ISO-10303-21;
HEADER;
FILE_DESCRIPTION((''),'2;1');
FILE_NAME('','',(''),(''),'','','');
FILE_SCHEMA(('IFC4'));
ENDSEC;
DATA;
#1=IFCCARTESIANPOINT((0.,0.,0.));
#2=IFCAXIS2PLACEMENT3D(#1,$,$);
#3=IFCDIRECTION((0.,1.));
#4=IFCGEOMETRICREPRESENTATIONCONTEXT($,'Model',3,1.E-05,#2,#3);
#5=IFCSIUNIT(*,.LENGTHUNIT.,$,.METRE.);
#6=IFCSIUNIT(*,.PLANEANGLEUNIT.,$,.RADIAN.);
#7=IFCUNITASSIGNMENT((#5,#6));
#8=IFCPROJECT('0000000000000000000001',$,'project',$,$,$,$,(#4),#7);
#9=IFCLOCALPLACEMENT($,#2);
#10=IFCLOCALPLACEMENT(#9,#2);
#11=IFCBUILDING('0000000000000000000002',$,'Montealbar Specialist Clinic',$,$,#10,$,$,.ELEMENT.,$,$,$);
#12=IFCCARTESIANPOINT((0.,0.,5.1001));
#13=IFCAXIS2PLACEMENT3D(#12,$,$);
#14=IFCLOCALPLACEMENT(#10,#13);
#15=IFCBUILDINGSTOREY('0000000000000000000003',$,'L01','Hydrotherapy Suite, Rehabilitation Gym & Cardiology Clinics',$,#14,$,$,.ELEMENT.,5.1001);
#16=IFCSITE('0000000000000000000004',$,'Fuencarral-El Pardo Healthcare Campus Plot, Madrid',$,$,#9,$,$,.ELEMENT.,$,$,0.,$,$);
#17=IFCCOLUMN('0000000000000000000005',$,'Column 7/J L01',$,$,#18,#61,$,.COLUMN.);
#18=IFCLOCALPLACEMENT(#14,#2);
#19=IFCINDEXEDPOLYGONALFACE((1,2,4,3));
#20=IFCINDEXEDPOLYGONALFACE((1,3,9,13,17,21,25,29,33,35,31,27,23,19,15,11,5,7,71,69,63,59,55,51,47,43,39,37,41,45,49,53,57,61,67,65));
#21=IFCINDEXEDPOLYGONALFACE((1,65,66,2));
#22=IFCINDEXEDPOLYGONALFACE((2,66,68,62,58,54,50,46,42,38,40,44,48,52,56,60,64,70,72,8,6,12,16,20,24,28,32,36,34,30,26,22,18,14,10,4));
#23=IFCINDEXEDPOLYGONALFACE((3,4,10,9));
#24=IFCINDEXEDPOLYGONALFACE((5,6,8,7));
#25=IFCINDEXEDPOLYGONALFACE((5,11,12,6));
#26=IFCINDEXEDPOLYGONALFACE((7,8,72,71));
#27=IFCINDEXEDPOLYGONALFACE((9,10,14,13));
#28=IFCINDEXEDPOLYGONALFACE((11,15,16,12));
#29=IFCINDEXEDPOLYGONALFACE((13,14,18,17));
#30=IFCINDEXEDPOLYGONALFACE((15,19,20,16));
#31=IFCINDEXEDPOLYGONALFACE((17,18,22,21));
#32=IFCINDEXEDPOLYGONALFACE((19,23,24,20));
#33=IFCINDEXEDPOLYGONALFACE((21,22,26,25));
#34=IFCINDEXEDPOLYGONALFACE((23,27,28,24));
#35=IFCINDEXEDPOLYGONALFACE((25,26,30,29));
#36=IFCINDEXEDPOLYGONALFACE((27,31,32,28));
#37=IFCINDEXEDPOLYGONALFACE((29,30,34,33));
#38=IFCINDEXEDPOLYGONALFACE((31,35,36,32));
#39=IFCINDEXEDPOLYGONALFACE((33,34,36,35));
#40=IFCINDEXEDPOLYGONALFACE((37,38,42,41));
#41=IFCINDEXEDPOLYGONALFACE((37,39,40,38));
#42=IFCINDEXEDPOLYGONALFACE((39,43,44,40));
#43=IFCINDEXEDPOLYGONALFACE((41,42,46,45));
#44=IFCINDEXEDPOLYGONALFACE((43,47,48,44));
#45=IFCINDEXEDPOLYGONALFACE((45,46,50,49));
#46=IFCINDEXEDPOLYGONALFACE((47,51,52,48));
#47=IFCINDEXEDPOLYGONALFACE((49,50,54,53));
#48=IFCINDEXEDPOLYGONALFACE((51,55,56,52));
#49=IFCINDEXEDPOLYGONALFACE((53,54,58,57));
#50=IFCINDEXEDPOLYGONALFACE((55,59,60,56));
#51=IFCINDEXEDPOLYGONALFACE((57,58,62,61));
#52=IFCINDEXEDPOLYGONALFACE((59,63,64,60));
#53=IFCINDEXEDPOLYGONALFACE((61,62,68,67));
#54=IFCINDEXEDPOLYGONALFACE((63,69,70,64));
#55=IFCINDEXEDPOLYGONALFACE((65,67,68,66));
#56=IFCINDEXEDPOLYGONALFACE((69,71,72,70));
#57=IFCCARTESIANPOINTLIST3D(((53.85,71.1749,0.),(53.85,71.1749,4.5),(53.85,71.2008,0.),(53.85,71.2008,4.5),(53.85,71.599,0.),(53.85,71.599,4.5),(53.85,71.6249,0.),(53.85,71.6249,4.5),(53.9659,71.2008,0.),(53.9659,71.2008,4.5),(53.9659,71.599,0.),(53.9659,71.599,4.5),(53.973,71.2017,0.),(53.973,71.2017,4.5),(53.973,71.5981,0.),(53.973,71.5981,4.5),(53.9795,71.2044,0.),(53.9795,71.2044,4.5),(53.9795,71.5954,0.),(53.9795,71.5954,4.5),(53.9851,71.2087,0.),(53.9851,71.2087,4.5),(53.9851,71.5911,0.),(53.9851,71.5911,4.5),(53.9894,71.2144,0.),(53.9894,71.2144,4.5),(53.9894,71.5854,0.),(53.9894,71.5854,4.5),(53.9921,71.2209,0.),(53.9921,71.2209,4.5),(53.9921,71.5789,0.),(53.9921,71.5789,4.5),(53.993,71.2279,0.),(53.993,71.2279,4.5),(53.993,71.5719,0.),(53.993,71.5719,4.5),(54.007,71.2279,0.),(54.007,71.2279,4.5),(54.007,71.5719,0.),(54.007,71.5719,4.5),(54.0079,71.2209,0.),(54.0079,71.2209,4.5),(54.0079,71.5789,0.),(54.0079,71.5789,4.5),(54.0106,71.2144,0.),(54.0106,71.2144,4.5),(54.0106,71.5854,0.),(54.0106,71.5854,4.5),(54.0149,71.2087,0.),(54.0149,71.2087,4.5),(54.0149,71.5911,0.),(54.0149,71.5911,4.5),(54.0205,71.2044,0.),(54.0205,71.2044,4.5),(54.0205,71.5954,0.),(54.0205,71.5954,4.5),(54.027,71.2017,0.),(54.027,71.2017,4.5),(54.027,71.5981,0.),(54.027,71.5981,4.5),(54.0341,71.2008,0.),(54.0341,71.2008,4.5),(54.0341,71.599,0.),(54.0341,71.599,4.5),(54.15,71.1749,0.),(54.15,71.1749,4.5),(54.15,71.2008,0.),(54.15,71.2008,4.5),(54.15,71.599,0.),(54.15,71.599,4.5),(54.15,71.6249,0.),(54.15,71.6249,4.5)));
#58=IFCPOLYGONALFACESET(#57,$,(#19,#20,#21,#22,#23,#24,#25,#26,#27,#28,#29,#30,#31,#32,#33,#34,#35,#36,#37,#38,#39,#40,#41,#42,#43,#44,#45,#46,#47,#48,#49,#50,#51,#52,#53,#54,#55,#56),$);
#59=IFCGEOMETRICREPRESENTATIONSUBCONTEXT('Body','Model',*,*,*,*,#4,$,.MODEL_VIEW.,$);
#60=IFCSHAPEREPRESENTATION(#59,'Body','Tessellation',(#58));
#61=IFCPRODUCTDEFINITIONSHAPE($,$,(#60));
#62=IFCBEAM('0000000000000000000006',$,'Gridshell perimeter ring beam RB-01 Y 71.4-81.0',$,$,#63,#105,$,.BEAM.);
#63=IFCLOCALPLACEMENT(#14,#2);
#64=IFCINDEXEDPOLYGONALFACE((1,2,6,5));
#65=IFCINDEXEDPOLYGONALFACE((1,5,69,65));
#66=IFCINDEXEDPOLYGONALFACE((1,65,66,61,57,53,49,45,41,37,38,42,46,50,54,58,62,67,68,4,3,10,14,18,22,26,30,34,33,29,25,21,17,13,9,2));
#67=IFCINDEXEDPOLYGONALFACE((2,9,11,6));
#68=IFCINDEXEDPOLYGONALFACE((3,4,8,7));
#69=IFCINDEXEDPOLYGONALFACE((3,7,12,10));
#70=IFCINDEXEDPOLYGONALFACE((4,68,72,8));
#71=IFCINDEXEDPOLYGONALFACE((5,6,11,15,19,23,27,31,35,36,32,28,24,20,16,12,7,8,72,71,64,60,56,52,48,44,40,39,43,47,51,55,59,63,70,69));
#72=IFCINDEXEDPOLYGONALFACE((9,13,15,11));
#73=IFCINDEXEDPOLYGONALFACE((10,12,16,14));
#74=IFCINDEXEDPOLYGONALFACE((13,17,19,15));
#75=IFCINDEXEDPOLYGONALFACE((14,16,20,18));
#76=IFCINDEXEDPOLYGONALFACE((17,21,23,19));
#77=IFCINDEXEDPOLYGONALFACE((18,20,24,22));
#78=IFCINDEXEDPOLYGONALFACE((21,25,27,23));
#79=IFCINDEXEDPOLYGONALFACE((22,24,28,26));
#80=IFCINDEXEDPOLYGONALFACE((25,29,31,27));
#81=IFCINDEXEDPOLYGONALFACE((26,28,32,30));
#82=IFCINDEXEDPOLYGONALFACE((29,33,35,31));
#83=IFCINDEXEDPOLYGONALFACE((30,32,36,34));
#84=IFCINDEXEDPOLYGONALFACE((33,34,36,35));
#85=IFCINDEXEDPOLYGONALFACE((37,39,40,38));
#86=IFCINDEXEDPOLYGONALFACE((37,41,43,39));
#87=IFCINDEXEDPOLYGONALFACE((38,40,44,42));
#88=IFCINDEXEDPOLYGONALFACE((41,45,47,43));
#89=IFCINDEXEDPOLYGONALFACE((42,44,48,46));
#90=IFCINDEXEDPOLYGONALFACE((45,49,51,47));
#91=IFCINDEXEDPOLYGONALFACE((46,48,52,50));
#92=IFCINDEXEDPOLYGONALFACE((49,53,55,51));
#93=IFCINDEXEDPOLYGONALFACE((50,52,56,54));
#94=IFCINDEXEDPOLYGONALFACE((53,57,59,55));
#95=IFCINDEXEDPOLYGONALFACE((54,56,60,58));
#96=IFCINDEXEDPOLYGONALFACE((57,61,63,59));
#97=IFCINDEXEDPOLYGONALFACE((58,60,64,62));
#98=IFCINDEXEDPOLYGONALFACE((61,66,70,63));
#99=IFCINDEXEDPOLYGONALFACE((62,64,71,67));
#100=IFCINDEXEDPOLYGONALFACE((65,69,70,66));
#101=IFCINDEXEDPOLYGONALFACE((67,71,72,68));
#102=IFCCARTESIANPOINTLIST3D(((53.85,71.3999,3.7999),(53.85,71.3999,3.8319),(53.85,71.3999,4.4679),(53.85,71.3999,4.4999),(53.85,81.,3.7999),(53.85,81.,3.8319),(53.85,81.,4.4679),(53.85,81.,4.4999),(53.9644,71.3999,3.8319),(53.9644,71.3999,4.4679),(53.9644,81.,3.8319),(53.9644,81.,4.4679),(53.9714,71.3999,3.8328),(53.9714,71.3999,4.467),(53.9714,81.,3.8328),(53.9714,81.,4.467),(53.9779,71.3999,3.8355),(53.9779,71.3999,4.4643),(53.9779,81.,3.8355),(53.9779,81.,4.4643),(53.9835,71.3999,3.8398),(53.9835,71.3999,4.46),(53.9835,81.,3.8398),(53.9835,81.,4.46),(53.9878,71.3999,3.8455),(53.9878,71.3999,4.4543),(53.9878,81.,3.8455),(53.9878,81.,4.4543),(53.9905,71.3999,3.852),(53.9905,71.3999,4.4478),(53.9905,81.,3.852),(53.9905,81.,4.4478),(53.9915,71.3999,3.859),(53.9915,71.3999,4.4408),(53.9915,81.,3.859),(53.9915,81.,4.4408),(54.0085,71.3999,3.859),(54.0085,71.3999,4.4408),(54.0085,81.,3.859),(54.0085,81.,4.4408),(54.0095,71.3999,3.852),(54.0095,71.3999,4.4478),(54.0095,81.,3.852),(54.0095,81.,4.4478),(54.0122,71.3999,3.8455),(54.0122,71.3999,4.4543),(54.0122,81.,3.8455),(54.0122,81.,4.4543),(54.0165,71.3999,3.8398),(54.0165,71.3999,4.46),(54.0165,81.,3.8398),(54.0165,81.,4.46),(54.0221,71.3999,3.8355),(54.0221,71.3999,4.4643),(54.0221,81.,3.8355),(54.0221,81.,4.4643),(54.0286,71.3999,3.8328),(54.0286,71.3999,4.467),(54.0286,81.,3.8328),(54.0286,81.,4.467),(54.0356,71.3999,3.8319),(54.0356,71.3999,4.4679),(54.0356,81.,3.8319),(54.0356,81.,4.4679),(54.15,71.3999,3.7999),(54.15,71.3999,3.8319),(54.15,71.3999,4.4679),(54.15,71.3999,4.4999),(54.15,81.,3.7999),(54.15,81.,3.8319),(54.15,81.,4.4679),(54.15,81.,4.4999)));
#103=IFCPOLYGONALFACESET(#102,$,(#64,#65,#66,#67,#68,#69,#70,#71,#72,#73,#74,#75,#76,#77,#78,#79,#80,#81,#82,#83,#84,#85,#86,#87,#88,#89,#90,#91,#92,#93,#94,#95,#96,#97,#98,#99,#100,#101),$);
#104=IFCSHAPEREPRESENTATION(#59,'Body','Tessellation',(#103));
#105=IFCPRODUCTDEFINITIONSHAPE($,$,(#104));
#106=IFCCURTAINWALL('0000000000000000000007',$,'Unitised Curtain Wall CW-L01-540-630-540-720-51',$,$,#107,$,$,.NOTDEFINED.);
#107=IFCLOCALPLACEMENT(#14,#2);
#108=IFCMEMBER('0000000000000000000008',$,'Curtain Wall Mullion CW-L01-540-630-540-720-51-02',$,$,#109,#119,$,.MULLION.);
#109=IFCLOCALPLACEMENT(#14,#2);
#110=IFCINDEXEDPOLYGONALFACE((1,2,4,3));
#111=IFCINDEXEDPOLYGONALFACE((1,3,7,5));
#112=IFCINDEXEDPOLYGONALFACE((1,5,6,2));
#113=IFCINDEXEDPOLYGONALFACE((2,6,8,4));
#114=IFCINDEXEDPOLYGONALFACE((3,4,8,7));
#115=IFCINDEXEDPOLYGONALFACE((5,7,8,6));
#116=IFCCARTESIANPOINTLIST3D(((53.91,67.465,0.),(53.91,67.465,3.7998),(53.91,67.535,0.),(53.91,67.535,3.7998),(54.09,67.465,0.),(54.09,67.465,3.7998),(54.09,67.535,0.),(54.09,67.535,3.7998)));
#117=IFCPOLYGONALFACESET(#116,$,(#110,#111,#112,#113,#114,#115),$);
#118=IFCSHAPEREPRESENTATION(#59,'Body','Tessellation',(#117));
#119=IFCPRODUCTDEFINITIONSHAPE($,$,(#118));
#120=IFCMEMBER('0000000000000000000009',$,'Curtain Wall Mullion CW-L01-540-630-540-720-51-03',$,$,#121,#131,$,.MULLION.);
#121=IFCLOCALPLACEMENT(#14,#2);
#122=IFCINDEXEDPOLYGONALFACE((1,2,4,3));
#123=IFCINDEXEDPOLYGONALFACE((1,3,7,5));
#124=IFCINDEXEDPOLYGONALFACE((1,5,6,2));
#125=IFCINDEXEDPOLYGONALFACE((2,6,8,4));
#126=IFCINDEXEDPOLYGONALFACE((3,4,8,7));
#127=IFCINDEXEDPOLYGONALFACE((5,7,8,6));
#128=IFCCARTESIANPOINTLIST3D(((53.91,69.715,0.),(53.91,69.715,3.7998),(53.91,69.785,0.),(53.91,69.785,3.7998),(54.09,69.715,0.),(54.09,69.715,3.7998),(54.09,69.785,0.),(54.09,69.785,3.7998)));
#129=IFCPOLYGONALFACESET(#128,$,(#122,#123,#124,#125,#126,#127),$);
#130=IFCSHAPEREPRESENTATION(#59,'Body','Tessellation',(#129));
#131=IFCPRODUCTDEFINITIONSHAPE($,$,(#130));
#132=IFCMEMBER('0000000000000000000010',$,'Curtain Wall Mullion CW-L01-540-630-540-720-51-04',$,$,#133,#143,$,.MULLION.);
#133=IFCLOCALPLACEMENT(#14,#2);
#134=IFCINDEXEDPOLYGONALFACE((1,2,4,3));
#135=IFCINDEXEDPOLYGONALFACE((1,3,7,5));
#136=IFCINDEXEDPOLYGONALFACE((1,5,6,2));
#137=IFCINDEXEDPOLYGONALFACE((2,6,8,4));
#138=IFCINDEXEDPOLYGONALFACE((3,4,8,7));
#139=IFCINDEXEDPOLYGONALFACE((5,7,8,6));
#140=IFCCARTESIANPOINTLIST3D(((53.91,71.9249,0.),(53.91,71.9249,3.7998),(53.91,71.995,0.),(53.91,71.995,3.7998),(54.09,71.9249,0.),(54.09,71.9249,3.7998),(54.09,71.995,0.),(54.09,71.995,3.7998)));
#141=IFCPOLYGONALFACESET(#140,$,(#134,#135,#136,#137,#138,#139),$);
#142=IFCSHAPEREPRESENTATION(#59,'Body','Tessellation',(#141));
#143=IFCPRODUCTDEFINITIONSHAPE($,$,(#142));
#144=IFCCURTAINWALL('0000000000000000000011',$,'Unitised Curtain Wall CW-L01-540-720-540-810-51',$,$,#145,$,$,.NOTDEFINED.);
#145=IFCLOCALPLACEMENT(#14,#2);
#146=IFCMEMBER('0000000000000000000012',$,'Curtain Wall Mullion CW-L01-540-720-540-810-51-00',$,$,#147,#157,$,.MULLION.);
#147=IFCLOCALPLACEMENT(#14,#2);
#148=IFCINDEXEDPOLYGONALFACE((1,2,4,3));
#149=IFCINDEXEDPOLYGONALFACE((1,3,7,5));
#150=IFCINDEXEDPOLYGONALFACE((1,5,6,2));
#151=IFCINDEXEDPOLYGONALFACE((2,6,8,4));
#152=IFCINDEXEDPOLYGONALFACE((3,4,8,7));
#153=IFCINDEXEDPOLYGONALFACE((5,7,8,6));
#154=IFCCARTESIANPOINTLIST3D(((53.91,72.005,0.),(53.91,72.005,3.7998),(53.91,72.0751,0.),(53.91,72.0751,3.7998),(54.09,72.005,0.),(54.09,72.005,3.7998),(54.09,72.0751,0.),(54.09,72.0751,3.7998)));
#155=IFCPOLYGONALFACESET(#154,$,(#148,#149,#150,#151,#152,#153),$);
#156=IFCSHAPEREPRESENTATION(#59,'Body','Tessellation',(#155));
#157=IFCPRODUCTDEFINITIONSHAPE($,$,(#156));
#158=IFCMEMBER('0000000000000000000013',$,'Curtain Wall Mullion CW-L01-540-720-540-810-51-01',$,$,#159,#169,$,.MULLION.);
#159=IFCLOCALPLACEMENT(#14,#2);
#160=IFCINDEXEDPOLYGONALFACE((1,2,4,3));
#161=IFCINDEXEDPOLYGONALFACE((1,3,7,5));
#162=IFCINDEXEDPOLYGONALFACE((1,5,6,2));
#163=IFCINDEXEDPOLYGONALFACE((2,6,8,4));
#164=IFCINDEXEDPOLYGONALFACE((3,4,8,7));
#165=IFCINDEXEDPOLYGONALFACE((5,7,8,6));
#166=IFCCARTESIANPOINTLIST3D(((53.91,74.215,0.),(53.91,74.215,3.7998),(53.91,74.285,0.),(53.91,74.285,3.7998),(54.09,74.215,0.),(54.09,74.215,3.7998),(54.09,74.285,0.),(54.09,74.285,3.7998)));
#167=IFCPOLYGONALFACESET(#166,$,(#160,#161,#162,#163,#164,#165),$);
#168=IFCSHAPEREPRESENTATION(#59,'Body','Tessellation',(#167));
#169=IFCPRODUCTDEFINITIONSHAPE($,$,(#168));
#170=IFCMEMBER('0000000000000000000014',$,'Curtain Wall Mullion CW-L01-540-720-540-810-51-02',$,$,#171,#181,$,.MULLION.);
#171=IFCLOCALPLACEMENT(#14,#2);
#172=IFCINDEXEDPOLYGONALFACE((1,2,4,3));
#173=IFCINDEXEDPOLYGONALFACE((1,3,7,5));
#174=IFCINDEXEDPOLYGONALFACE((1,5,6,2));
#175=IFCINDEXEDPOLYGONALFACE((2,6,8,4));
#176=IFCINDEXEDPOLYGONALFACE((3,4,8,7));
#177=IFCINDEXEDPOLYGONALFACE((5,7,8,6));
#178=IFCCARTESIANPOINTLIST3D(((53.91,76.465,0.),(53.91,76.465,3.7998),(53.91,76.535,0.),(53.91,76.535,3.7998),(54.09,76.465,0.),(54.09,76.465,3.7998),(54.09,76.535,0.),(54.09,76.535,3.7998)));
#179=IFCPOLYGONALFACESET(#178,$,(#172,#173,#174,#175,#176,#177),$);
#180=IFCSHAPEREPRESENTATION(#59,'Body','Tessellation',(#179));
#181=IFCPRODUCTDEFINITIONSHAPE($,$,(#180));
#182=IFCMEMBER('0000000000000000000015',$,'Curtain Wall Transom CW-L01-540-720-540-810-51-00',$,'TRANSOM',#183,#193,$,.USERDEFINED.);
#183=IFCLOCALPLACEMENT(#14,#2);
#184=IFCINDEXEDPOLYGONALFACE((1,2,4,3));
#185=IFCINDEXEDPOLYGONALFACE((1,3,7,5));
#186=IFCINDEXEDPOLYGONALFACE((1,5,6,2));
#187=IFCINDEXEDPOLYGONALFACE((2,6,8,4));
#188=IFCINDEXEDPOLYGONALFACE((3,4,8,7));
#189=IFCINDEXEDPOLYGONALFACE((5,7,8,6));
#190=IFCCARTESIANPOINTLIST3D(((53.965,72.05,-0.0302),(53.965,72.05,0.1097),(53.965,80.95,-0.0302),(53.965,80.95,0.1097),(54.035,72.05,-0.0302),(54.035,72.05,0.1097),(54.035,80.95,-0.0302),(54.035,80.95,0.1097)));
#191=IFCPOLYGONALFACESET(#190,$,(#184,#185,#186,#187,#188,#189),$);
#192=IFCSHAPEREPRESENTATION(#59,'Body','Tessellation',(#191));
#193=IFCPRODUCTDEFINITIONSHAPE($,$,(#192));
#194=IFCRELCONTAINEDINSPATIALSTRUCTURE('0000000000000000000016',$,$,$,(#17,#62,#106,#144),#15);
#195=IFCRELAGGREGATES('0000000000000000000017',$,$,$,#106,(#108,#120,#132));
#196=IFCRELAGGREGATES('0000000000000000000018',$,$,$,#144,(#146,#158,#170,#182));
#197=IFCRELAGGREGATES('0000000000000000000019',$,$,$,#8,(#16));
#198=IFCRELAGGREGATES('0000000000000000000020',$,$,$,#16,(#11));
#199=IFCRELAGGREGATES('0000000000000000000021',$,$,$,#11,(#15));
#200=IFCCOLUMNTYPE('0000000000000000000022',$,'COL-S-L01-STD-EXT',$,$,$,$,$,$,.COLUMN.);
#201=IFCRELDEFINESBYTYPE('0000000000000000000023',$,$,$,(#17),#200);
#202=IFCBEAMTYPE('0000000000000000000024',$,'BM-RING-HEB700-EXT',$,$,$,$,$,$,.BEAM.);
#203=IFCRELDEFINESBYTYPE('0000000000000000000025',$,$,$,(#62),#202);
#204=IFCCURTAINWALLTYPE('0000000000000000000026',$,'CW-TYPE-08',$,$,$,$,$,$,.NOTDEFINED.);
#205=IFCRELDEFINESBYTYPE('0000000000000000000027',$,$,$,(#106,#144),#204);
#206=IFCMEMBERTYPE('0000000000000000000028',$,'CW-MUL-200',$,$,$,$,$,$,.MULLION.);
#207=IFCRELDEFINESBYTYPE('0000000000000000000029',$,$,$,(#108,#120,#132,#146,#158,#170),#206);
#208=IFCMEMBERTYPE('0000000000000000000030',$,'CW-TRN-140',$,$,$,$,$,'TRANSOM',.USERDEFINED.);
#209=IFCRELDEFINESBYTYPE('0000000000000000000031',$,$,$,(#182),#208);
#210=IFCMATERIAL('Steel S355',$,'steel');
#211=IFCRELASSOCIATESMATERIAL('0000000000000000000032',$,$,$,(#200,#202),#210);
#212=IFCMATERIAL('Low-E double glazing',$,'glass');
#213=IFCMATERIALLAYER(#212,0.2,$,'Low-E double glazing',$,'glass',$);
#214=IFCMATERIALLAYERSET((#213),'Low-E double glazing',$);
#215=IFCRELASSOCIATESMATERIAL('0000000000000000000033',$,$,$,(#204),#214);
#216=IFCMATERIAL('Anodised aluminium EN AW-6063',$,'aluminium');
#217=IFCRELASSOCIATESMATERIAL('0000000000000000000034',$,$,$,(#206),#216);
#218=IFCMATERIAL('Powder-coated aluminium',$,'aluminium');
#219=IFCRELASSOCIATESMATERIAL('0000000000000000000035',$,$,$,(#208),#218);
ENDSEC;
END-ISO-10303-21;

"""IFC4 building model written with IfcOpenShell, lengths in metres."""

from ifc_helpers import new_model, si_unit, direction, frame, origin, origin_2d, place, context, subcontext, project, spatial, rectangle, i_section, extrude, material, layer, layer_set, material_profile, profile_set, type_object, element, aggregate, save


model = new_model("IFC4")

# Units and contexts
model_context = context("Model", 3, precision=1e-05, world=origin(), true_north=direction((0.0, 1.0)))
body_context = subcontext(model_context, "Body", "Model", "MODEL_VIEW")
ifc_project = project(units=[si_unit("LENGTHUNIT", "METRE"), si_unit("PLANEANGLEUNIT", "RADIAN")], contexts=[model_context])

# Site, building, storey
site_placement = place(None, origin())
site = spatial("IfcSite", under=ifc_project, at=site_placement, Name="Fuencarral-El Pardo Healthcare Campus Plot, Madrid", CompositionType="ELEMENT", RefElevation=0.0)
building_placement = place(site_placement, origin())
building = spatial("IfcBuilding", under=site, at=building_placement, Name="Montealbar Specialist Clinic", CompositionType="ELEMENT")
storey_placement = place(building_placement, frame((0.0, 0.0, 5.1001)))
storey = spatial("IfcBuildingStorey", under=building, at=storey_placement, Name="L01", Description="Hydrotherapy Suite, Rehabilitation Gym & Cardiology Clinics", CompositionType="ELEMENT", Elevation=5.1001)

# Column
ifc_material_1 = material(Name="Steel S355", Category="steel")
ifc_material_profile_1 = material_profile(ifc_material_1, i_section(OverallWidth=0.3, OverallDepth=0.45, WebThickness=0.0139, FlangeThickness=0.0259, FilletRadius=0.0271, at=origin_2d()), Name="HEB 450", Category="steel")
ifc_profile_set_1 = profile_set([ifc_material_profile_1], Name="Steel S355")
column_type = type_object("IfcColumnType", Name="COL-S-L01-STD-EXT", PredefinedType="COLUMN", material=ifc_profile_set_1)
column_placement = place(storey_placement, frame((54.0, 71.3999, 0.0), z_axis=(0.0, 0.0, 1.0), x_axis=(1.0, 0.0, 0.0)))
element("IfcColumn", 1, at=column_placement, inside=storey, type_object=column_type, Name="Column 7/J L01", PredefinedType="COLUMN", context=body_context, shape_type="SweptSolid", body=[
    extrude(i_section(OverallWidth=0.3, OverallDepth=0.45, WebThickness=0.0139, FlangeThickness=0.0259, FilletRadius=0.0271, at=origin_2d()), origin(), (0.0, 0.0, 1.0), 4.5),
])

# Beam
ifc_material_profile_2 = material_profile(ifc_material_1, i_section(OverallWidth=0.3, OverallDepth=0.7, WebThickness=0.0171, FlangeThickness=0.032, FilletRadius=0.0271, at=origin_2d()), Name="HEB 700", Category="steel")
ifc_profile_set_2 = profile_set([ifc_material_profile_2], Name="Steel S355")
beam_type = type_object("IfcBeamType", Name="BM-RING-HEB700-EXT", PredefinedType="BEAM", material=ifc_profile_set_2)
beam_placement = place(storey_placement, frame((54.0, 71.3999, 4.1499), z_axis=(0.0, 1.0, 0.0), x_axis=(-1.0, 0.0, 0.0)))
element("IfcBeam", 2, at=beam_placement, inside=storey, type_object=beam_type, Name="Gridshell perimeter ring beam RB-01 Y 71.4-81.0", PredefinedType="BEAM", context=body_context, shape_type="SweptSolid", body=[
    extrude(i_section(OverallWidth=0.3, OverallDepth=0.7, WebThickness=0.0171, FlangeThickness=0.032, FilletRadius=0.0271, at=origin_2d()), origin(), (0.0, 0.0, 1.0), 9.6001),
])

# Curtain walls, members
ifc_material_2 = material(Name="Low-E double glazing", Category="glass")
ifc_layer_1 = layer(ifc_material_2, 0.2, Name="Low-E double glazing", Category="glass")
ifc_layer_set_1 = layer_set([ifc_layer_1], Name="Low-E double glazing")
curtain_wall_type = type_object("IfcCurtainWallType", Name="CW-TYPE-08", PredefinedType="NOTDEFINED", material=ifc_layer_set_1)
curtain_wall_1_placement = place(storey_placement, origin())
curtain_wall_1 = element("IfcCurtainWall", 3, at=curtain_wall_1_placement, inside=storey, type_object=curtain_wall_type, Name="Unitised Curtain Wall CW-L01-540-630-540-720-51", PredefinedType="NOTDEFINED")
ifc_material_3 = material(Name="Anodised aluminium EN AW-6063", Category="aluminium")
ifc_material_profile_3 = material_profile(ifc_material_3, rectangle(XDim=0.0701, YDim=0.1799, at=origin_2d()), Name="ALU 70x180", Category="aluminium")
ifc_profile_set_3 = profile_set([ifc_material_profile_3], Name="Anodised aluminium EN AW-6063")
member_type_1 = type_object("IfcMemberType", Name="CW-MUL-200", PredefinedType="MULLION", material=ifc_profile_set_3)
member_1_placement = place(storey_placement, frame((54.0, 67.5, 0.0), z_axis=(0.0, 0.0, 1.0), x_axis=(0.0, 1.0, 0.0)))
member_1 = element("IfcMember", 4, at=member_1_placement, type_object=member_type_1, Name="Curtain Wall Mullion CW-L01-540-630-540-720-51-02", PredefinedType="MULLION", context=body_context, shape_type="SweptSolid", body=[
    extrude(rectangle(XDim=0.0701, YDim=0.1799, at=origin_2d()), origin(), (0.0, 0.0, 1.0), 3.7998),
])
member_2_placement = place(storey_placement, frame((54.0, 69.75, 0.0), z_axis=(0.0, 0.0, 1.0), x_axis=(0.0, 1.0, 0.0)))
member_2 = element("IfcMember", 5, at=member_2_placement, type_object=member_type_1, Name="Curtain Wall Mullion CW-L01-540-630-540-720-51-03", PredefinedType="MULLION", context=body_context, shape_type="SweptSolid", body=[
    extrude(rectangle(XDim=0.0701, YDim=0.1799, at=origin_2d()), origin(), (0.0, 0.0, 1.0), 3.7998),
])
member_3_placement = place(storey_placement, frame((54.0, 71.96, 0.0), z_axis=(0.0, 0.0, 1.0), x_axis=(0.0, 1.0, 0.0)))
member_3 = element("IfcMember", 6, at=member_3_placement, type_object=member_type_1, Name="Curtain Wall Mullion CW-L01-540-630-540-720-51-04", PredefinedType="MULLION", context=body_context, shape_type="SweptSolid", body=[
    extrude(rectangle(XDim=0.0701, YDim=0.1799, at=origin_2d()), origin(), (0.0, 0.0, 1.0), 3.7998),
])
curtain_wall_2_placement = place(storey_placement, origin())
curtain_wall_2 = element("IfcCurtainWall", 7, at=curtain_wall_2_placement, inside=storey, type_object=curtain_wall_type, Name="Unitised Curtain Wall CW-L01-540-720-540-810-51", PredefinedType="NOTDEFINED")
member_4_placement = place(storey_placement, frame((54.0, 72.04, 0.0), z_axis=(0.0, 0.0, 1.0), x_axis=(0.0, 1.0, 0.0)))
member_4 = element("IfcMember", 8, at=member_4_placement, type_object=member_type_1, Name="Curtain Wall Mullion CW-L01-540-720-540-810-51-00", PredefinedType="MULLION", context=body_context, shape_type="SweptSolid", body=[
    extrude(rectangle(XDim=0.0701, YDim=0.1799, at=origin_2d()), origin(), (0.0, 0.0, 1.0), 3.7998),
])
member_5_placement = place(storey_placement, frame((54.0, 74.25, 0.0), z_axis=(0.0, 0.0, 1.0), x_axis=(0.0, 1.0, 0.0)))
member_5 = element("IfcMember", 9, at=member_5_placement, type_object=member_type_1, Name="Curtain Wall Mullion CW-L01-540-720-540-810-51-01", PredefinedType="MULLION", context=body_context, shape_type="SweptSolid", body=[
    extrude(rectangle(XDim=0.0701, YDim=0.1799, at=origin_2d()), origin(), (0.0, 0.0, 1.0), 3.7998),
])
member_6_placement = place(storey_placement, frame((54.0, 76.5, 0.0), z_axis=(0.0, 0.0, 1.0), x_axis=(0.0, 1.0, 0.0)))
member_6 = element("IfcMember", 10, at=member_6_placement, type_object=member_type_1, Name="Curtain Wall Mullion CW-L01-540-720-540-810-51-02", PredefinedType="MULLION", context=body_context, shape_type="SweptSolid", body=[
    extrude(rectangle(XDim=0.0701, YDim=0.1799, at=origin_2d()), origin(), (0.0, 0.0, 1.0), 3.7998),
])
ifc_material_4 = material(Name="Powder-coated aluminium", Category="aluminium")
ifc_material_profile_4 = material_profile(ifc_material_4, rectangle(XDim=0.0701, YDim=0.1399, at=origin_2d()), Name="ALU 70x140", Category="aluminium")
ifc_profile_set_4 = profile_set([ifc_material_profile_4], Name="Powder-coated aluminium")
member_type_2 = type_object("IfcMemberType", Name="CW-TRN-140", ElementType="TRANSOM", PredefinedType="USERDEFINED", material=ifc_profile_set_4)
member_7_placement = place(storey_placement, frame((54.0, 72.05, 0.0398), z_axis=(0.0, 1.0, 0.0), x_axis=(-1.0, 0.0, 0.0)))
member_7 = element("IfcMember", 11, at=member_7_placement, type_object=member_type_2, Name="Curtain Wall Transom CW-L01-540-720-540-810-51-00", ObjectType="TRANSOM", PredefinedType="USERDEFINED", context=body_context, shape_type="SweptSolid", body=[
    extrude(rectangle(XDim=0.0701, YDim=0.1399, at=origin_2d()), origin(), (0.0, 0.0, 1.0), 8.8999),
])

aggregate(curtain_wall_1, [member_1, member_2, member_3])
aggregate(curtain_wall_2, [member_4, member_5, member_6, member_7])

save(model, "model.ifc")
